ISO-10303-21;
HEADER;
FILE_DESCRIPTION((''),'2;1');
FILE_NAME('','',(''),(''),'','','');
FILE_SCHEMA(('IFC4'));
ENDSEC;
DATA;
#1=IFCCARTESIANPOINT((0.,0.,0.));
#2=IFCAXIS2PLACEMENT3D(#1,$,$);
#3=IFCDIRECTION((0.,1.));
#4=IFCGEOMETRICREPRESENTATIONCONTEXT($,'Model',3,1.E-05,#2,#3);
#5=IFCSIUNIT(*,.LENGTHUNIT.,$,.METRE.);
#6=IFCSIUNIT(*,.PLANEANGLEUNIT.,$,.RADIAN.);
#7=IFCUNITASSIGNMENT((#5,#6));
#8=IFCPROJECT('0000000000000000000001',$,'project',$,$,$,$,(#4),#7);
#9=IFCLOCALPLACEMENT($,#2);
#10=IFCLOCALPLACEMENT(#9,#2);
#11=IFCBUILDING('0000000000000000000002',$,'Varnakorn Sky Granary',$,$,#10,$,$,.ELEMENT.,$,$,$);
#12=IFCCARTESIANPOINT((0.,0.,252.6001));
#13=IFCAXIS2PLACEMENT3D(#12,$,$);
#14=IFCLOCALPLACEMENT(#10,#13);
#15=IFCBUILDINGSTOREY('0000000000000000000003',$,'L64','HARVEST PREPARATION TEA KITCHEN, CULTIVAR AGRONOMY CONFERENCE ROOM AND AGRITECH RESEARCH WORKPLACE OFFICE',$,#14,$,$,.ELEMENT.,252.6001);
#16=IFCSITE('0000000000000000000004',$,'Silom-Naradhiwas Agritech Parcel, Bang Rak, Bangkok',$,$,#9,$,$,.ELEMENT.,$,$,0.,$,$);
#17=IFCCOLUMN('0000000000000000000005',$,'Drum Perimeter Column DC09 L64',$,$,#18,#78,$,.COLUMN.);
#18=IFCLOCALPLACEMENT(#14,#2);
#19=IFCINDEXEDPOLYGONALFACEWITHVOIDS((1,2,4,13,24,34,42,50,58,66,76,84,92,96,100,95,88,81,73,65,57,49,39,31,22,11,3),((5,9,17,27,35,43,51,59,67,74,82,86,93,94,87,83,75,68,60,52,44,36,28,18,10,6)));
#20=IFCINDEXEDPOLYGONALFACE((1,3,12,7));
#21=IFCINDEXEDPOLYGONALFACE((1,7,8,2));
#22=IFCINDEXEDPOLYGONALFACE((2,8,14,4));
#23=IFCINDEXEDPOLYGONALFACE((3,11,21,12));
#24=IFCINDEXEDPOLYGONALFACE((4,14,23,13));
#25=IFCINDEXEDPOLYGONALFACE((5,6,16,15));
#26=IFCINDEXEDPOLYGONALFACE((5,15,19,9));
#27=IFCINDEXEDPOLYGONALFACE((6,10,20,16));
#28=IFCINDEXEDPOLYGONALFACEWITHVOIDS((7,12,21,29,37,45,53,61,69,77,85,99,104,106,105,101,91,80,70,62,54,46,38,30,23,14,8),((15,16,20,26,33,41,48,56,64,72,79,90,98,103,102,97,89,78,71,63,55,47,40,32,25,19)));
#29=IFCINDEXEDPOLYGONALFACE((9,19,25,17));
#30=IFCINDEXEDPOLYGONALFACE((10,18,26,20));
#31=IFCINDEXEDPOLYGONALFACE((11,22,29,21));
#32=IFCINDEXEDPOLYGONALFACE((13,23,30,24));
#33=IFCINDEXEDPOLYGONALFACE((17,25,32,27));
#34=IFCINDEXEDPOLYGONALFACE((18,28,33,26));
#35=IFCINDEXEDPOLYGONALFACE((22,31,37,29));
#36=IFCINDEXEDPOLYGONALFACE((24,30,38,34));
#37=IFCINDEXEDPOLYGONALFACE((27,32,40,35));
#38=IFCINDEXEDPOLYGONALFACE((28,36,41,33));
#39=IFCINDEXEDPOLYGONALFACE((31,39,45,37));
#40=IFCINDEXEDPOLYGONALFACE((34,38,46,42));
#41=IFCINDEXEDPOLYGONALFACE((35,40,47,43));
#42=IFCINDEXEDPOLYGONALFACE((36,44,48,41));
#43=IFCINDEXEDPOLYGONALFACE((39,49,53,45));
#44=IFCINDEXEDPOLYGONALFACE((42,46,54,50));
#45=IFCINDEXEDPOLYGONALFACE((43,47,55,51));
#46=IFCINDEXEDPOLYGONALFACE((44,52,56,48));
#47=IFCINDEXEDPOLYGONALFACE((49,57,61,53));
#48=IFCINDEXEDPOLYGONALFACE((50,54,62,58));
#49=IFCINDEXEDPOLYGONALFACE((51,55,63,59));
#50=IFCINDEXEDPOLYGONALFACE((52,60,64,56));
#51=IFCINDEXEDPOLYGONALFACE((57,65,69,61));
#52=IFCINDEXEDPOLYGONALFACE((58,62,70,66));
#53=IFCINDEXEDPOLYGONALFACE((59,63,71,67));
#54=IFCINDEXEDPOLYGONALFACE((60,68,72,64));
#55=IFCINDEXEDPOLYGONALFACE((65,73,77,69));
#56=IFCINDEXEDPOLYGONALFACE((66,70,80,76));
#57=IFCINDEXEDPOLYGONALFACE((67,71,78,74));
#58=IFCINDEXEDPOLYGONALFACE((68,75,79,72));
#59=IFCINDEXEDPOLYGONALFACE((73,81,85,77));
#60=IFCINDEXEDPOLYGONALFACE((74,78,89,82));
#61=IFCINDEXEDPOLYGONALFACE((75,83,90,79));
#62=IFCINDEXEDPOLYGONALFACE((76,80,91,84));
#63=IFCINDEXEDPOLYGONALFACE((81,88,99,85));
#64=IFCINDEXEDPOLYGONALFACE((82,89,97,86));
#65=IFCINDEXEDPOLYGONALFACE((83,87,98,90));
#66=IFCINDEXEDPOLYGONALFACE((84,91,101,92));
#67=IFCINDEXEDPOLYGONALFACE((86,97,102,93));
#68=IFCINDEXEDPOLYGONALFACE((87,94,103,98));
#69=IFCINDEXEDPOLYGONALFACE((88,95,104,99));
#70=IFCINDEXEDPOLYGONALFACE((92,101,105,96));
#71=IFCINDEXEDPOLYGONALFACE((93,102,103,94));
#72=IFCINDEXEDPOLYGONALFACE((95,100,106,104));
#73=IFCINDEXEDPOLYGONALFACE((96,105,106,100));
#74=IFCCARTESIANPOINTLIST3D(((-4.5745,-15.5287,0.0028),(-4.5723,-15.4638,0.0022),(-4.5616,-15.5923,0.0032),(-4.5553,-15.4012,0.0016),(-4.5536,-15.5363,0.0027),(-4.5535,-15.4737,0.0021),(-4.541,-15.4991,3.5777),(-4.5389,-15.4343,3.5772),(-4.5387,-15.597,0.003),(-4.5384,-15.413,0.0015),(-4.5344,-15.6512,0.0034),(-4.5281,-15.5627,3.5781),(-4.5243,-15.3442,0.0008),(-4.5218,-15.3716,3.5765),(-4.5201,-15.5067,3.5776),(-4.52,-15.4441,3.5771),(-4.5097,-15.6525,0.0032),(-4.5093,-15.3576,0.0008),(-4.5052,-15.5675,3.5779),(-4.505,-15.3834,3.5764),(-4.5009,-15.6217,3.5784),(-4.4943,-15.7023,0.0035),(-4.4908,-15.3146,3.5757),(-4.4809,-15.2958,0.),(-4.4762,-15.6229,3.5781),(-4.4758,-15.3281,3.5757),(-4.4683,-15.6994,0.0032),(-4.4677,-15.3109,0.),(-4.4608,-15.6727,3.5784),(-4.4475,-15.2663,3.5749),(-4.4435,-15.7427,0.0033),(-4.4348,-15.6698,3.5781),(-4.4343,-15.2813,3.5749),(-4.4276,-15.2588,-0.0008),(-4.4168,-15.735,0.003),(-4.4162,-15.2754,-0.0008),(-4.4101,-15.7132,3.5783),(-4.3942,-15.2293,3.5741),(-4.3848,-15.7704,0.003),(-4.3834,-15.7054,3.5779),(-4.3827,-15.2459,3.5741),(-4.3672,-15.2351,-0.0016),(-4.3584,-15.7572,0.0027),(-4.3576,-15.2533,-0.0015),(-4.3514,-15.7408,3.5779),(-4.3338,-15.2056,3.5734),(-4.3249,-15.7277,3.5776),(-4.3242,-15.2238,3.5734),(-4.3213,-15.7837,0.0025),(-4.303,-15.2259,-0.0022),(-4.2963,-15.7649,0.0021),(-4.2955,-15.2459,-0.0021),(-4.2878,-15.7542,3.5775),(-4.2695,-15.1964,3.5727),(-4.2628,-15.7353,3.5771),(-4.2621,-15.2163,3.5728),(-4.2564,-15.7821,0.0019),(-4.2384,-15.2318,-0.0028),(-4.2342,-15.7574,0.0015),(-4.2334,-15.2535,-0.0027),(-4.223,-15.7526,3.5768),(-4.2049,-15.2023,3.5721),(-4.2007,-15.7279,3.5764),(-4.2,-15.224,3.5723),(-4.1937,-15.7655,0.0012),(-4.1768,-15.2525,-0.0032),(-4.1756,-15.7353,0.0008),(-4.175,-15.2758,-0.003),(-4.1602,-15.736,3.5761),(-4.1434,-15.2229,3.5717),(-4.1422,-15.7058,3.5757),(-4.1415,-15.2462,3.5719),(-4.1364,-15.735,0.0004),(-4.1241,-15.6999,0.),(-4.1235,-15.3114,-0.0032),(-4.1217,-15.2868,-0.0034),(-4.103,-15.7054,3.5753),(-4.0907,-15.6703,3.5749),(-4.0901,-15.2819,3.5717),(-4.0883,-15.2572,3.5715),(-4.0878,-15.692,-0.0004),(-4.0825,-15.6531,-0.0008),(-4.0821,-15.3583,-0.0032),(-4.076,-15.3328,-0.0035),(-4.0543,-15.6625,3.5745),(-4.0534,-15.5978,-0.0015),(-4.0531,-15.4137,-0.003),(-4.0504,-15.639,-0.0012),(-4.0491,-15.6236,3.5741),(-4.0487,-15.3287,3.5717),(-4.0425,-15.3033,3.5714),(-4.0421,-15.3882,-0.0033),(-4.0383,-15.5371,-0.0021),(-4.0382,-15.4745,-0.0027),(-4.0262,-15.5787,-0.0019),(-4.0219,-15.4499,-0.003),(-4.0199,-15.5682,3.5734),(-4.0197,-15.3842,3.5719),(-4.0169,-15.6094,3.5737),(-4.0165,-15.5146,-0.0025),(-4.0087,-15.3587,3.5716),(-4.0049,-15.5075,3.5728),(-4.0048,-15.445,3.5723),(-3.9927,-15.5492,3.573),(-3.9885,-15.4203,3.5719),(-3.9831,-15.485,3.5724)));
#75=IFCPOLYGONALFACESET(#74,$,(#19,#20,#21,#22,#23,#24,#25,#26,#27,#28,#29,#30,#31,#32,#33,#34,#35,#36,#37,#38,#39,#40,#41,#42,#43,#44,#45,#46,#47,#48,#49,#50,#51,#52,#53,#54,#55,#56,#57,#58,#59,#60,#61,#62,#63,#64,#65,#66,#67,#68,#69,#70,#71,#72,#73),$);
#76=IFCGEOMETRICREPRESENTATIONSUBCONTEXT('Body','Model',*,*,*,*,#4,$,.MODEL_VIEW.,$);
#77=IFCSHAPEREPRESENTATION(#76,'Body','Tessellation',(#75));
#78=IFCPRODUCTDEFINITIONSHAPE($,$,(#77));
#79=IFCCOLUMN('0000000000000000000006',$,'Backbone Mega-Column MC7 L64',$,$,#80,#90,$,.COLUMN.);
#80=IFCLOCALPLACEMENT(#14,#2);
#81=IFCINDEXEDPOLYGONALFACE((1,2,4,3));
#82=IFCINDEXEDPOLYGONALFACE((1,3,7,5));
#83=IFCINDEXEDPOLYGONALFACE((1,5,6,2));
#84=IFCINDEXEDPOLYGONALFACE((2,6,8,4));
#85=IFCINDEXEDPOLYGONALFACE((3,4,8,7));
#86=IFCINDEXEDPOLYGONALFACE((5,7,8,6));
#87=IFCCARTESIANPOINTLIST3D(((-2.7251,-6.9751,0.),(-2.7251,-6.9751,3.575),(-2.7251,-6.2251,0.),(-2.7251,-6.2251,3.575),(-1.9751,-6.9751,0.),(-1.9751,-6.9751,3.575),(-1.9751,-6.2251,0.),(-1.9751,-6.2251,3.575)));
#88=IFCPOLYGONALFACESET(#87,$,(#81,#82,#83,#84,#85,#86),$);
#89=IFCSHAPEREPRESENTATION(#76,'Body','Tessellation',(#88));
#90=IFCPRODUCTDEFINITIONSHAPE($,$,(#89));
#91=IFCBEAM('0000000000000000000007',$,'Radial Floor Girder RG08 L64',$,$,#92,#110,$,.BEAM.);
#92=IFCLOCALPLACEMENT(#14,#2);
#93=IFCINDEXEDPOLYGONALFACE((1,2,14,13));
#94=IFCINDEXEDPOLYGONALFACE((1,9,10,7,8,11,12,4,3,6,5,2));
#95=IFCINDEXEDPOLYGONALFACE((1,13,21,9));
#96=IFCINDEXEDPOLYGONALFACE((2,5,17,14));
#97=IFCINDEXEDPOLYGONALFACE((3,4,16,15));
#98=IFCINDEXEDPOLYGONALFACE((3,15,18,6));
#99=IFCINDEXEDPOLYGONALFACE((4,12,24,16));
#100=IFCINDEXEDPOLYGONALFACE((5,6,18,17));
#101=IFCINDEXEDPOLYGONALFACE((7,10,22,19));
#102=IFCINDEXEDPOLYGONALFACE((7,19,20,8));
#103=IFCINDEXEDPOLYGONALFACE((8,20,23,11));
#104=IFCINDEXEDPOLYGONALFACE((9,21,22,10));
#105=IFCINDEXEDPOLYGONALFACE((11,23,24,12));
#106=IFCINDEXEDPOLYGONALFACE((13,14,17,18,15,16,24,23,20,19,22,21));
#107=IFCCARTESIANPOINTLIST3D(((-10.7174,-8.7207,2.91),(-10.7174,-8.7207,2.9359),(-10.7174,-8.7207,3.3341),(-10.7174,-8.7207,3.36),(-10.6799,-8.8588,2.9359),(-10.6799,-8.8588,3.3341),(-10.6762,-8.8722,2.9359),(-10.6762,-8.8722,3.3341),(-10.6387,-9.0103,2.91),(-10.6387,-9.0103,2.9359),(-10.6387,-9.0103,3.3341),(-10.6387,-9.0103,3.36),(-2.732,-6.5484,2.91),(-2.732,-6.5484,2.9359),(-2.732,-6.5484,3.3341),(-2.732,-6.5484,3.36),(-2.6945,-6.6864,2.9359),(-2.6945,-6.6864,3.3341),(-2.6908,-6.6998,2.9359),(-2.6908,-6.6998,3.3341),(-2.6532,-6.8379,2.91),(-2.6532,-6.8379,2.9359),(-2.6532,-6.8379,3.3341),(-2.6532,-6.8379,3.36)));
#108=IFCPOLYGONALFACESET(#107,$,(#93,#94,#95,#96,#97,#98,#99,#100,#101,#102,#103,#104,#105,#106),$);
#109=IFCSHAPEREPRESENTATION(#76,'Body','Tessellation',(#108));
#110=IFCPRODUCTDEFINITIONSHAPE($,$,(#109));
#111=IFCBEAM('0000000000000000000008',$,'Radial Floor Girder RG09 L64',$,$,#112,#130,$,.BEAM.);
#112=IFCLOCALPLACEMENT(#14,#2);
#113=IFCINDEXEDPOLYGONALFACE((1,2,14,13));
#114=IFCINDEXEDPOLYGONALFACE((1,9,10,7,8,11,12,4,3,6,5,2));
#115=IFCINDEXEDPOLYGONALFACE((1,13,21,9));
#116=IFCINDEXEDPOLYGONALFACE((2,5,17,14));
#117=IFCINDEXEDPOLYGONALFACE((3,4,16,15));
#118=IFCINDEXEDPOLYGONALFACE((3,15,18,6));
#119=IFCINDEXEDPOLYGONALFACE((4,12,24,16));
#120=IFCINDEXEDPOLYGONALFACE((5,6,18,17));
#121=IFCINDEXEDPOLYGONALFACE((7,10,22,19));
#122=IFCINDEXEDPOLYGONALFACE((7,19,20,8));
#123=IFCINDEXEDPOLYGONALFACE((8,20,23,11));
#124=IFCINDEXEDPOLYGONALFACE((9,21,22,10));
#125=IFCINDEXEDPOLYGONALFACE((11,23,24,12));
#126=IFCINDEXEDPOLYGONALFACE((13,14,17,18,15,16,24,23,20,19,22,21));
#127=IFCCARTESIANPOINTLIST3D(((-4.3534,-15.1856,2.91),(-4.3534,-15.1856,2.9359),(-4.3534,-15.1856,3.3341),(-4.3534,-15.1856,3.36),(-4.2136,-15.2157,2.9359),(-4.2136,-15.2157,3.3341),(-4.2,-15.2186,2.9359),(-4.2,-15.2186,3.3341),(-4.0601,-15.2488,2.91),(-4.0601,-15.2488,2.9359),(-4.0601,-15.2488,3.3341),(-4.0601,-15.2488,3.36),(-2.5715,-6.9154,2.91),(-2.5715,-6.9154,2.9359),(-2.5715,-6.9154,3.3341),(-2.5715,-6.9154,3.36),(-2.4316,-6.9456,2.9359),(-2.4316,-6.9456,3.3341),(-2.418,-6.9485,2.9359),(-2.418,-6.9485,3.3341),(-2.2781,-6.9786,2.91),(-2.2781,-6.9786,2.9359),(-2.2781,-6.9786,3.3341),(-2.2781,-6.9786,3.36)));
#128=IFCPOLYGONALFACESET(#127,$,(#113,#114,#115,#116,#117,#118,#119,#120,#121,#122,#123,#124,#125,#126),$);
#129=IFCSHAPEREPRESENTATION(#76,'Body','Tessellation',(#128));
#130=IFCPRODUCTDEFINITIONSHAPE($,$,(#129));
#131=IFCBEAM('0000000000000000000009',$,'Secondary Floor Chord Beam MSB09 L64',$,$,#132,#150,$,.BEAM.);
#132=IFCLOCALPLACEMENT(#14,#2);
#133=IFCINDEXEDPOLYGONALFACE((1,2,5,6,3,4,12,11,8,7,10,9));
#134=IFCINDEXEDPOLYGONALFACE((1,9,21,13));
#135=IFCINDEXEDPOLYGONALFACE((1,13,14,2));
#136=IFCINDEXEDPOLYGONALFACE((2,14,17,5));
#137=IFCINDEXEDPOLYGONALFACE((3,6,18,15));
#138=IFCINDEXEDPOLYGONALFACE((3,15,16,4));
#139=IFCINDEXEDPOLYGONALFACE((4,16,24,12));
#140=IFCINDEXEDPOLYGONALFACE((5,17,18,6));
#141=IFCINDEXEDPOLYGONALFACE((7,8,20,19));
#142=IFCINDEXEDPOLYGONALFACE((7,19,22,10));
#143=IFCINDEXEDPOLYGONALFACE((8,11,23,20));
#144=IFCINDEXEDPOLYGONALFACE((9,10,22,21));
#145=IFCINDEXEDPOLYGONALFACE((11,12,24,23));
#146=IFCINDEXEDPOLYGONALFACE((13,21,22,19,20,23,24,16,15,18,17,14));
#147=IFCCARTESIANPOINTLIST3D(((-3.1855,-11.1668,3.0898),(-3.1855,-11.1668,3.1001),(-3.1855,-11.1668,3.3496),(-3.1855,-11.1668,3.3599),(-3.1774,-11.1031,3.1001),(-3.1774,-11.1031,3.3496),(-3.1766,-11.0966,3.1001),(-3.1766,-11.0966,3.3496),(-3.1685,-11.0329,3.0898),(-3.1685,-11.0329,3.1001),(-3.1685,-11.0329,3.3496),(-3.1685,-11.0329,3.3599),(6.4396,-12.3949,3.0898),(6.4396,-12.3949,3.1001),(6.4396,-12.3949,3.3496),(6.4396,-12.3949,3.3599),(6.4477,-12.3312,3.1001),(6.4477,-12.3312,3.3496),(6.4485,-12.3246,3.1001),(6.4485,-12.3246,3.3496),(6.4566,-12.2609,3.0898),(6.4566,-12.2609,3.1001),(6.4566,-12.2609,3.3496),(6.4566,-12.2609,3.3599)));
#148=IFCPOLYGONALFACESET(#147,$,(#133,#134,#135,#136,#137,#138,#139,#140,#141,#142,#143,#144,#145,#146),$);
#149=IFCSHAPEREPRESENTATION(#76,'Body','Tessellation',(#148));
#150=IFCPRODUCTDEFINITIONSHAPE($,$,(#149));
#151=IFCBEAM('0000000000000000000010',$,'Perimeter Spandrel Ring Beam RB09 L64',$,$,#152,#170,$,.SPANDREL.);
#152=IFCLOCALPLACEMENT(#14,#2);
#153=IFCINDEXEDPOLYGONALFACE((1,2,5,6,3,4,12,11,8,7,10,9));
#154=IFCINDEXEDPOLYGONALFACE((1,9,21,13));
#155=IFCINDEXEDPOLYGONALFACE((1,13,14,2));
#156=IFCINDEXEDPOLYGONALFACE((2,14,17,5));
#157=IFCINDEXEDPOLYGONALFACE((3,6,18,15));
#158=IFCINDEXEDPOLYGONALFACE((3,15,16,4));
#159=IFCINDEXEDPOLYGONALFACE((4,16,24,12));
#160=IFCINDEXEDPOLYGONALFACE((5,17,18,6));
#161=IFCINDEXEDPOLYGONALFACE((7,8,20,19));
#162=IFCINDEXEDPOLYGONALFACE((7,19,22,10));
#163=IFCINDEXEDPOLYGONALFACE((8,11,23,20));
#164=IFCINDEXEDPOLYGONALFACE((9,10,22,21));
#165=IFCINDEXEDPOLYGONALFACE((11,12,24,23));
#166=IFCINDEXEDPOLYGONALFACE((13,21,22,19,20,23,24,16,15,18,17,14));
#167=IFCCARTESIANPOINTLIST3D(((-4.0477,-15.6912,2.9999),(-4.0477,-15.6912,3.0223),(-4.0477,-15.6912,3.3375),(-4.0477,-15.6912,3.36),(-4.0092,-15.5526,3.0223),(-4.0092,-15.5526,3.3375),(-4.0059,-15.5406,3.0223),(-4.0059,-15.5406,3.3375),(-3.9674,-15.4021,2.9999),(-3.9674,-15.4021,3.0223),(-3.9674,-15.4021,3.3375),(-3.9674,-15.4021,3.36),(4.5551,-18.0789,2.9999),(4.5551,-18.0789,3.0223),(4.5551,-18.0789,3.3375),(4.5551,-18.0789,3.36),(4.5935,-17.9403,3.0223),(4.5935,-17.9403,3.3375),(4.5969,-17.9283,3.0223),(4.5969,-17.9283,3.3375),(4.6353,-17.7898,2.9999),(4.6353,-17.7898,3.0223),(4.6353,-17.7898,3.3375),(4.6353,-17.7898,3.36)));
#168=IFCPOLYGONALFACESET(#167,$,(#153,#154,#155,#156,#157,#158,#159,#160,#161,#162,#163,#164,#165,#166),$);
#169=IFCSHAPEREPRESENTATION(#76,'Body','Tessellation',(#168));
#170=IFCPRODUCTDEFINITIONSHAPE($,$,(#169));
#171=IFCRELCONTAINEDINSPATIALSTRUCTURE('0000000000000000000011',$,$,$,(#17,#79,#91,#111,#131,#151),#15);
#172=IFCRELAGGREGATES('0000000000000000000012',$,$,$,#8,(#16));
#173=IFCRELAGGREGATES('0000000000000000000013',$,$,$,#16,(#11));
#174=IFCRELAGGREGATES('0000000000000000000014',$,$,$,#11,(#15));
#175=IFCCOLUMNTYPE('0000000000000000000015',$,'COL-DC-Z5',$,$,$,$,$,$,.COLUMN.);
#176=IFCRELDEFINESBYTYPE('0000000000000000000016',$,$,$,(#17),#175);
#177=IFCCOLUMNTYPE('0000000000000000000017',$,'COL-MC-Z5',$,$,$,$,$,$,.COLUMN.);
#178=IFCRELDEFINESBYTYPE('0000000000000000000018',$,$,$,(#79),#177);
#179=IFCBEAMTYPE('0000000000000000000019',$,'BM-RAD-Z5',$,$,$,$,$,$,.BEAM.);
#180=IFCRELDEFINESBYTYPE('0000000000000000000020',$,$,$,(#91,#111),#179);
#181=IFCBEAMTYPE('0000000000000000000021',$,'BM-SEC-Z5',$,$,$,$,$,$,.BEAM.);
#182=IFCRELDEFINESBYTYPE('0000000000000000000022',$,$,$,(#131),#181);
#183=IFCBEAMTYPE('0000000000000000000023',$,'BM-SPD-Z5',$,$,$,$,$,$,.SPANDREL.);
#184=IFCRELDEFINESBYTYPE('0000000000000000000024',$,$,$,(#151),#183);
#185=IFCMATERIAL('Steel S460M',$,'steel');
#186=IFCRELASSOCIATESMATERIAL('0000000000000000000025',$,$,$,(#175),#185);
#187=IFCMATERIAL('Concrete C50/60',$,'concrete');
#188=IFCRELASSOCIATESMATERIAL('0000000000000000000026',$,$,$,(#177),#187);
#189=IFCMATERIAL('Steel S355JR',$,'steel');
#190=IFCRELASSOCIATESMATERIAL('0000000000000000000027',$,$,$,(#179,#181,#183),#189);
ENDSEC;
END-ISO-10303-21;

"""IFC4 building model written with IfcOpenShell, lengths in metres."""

from ifc_helpers import new_model, si_unit, direction, frame, origin, origin_2d, place, context, subcontext, project, spatial, rectangle, hollow_circle, i_section, extrude, material, material_profile, profile_set, type_object, element, save


model = new_model("IFC4")

# Units and contexts
model_context = context("Model", 3, precision=1e-05, world=origin(), true_north=direction((0.0, 1.0)))
body_context = subcontext(model_context, "Body", "Model", "MODEL_VIEW")
ifc_project = project(units=[si_unit("LENGTHUNIT", "METRE"), si_unit("PLANEANGLEUNIT", "RADIAN")], contexts=[model_context])

# Site, building, storey
site_placement = place(None, origin())
site = spatial("IfcSite", under=ifc_project, at=site_placement, Name="Silom-Naradhiwas Agritech Parcel, Bang Rak, Bangkok", CompositionType="ELEMENT", RefElevation=0.0)
building_placement = place(site_placement, origin())
building = spatial("IfcBuilding", under=site, at=building_placement, Name="Varnakorn Sky Granary", CompositionType="ELEMENT")
storey_placement = place(building_placement, frame((0.0, 0.0, 252.6001)))
storey = spatial("IfcBuildingStorey", under=building, at=storey_placement, Name="L64", Description="HARVEST PREPARATION TEA KITCHEN, CULTIVAR AGRONOMY CONFERENCE ROOM AND AGRITECH RESEARCH WORKPLACE OFFICE", CompositionType="ELEMENT", Elevation=252.6001)

# Columns
ifc_material_1 = material(Name="Steel S460M", Category="steel")
ifc_material_profile_1 = material_profile(ifc_material_1, hollow_circle(Radius=0.2795, WallThickness=0.02, at=origin_2d()), Name="CHS 559x20")
ifc_profile_set_1 = profile_set([ifc_material_profile_1], Name="Steel S460M")
column_type_1 = type_object("IfcColumnType", Name="COL-DC-Z5", PredefinedType="COLUMN", material=ifc_profile_set_1)
column_1_placement = place(storey_placement, frame((-4.2959, -15.5054, 0.0), z_axis=(0.009355, 0.008263, 0.999922), x_axis=(-0.661983, 0.749518, 0.0)))
element("IfcColumn", 1, at=column_1_placement, inside=storey, type_object=column_type_1, Name="Drum Perimeter Column DC09 L64", PredefinedType="COLUMN", context=body_context, shape_type="SweptSolid", body=[
    extrude(hollow_circle(Radius=0.2795, WallThickness=0.02, at=origin_2d()), origin(), (0.0, 0.0, 1.0), 3.5752),
])
ifc_material_2 = material(Name="Concrete C50/60", Category="concrete")
ifc_material_profile_2 = material_profile(ifc_material_2, rectangle(XDim=0.75, YDim=0.75, at=origin_2d()), Name="RC 750x750")
ifc_profile_set_2 = profile_set([ifc_material_profile_2], Name="Concrete C50/60")
column_type_2 = type_object("IfcColumnType", Name="COL-MC-Z5", PredefinedType="COLUMN", material=ifc_profile_set_2)
column_2_placement = place(storey_placement, frame((-2.3501, -6.6001, 0.0), z_axis=(0.0, 0.0, 1.0), x_axis=(1.0, 0.0, 0.0)))
element("IfcColumn", 2, at=column_2_placement, inside=storey, type_object=column_type_2, Name="Backbone Mega-Column MC7 L64", PredefinedType="COLUMN", context=body_context, shape_type="SweptSolid", body=[
    extrude(rectangle(XDim=0.75, YDim=0.75, at=origin_2d()), origin(), (0.0, 0.0, 1.0), 3.575),
])

# Beams
ifc_material_3 = material(Name="Steel S355JR", Category="steel")
ifc_material_profile_3 = material_profile(ifc_material_3, i_section(OverallWidth=0.3, OverallDepth=0.45, WebThickness=0.0139, FlangeThickness=0.0259, at=origin_2d()), Name="HE 450 B")
ifc_profile_set_3 = profile_set([ifc_material_profile_3], Name="Steel S355JR")
beam_type_1 = type_object("IfcBeamType", Name="BM-RAD-Z5", PredefinedType="BEAM", material=ifc_profile_set_3)
beam_1_placement = place(storey_placement, frame((-2.6926, -6.6931, 3.135), z_axis=(-0.964931, -0.262503, 0.0), x_axis=(0.262503, -0.964931, 0.0)))
element("IfcBeam", 3, at=beam_1_placement, inside=storey, type_object=beam_type_1, Name="Radial Floor Girder RG08 L64", PredefinedType="BEAM", context=body_context, shape_type="SweptSolid", body=[
    extrude(i_section(OverallWidth=0.3, OverallDepth=0.45, WebThickness=0.0139, FlangeThickness=0.0259, at=origin_2d()), origin(), (0.0, 0.0, 1.0), 8.2756),
])
beam_2_placement = place(storey_placement, frame((-2.4248, -6.947, 3.135), z_axis=(-0.210635, -0.977565, 0.0), x_axis=(0.977565, -0.210635, 0.0)))
element("IfcBeam", 4, at=beam_2_placement, inside=storey, type_object=beam_type_1, Name="Radial Floor Girder RG09 L64", PredefinedType="BEAM", context=body_context, shape_type="SweptSolid", body=[
    extrude(i_section(OverallWidth=0.3, OverallDepth=0.45, WebThickness=0.0139, FlangeThickness=0.0259, at=origin_2d()), origin(), (0.0, 0.0, 1.0), 8.46),
])
ifc_material_profile_4 = material_profile(ifc_material_3, i_section(OverallWidth=0.135, OverallDepth=0.27, WebThickness=0.0066, FlangeThickness=0.0103, at=origin_2d()), Name="IPE 270")
ifc_profile_set_4 = profile_set([ifc_material_profile_4], Name="Steel S355JR")
beam_type_2 = type_object("IfcBeamType", Name="BM-SEC-Z5", PredefinedType="BEAM", material=ifc_profile_set_4)
beam_3_placement = place(storey_placement, frame((-3.177, -11.0999, 3.2249), z_axis=(0.991959, -0.126561, 0.0), x_axis=(0.126561, 0.991959, 0.0)))
element("IfcBeam", 5, at=beam_3_placement, inside=storey, type_object=beam_type_2, Name="Secondary Floor Chord Beam MSB09 L64", PredefinedType="BEAM", context=body_context, shape_type="SweptSolid", body=[
    extrude(i_section(OverallWidth=0.135, OverallDepth=0.27, WebThickness=0.0066, FlangeThickness=0.0103, at=origin_2d()), origin(), (0.0, 0.0, 1.0), 9.7031),
])
ifc_material_profile_5 = material_profile(ifc_material_3, i_section(OverallWidth=0.3, OverallDepth=0.3601, WebThickness=0.0125, FlangeThickness=0.0225, at=origin_2d()), Name="HE 360 B")
ifc_profile_set_5 = profile_set([ifc_material_profile_5], Name="Steel S355JR")
beam_type_3 = type_object("IfcBeamType", Name="BM-SPD-Z5", PredefinedType="SPANDREL", material=ifc_profile_set_5)
beam_4_placement = place(storey_placement, frame((-4.0076, -15.5466, 3.1799), z_axis=(0.963575, -0.267439, 0.0), x_axis=(0.267439, 0.963575, 0.0)))
element("IfcBeam", 6, at=beam_4_placement, inside=storey, type_object=beam_type_3, Name="Perimeter Spandrel Ring Beam RB09 L64", PredefinedType="SPANDREL", context=body_context, shape_type="SweptSolid", body=[
    extrude(i_section(OverallWidth=0.3, OverallDepth=0.3601, WebThickness=0.0125, FlangeThickness=0.0225, at=origin_2d()), origin(), (0.0, 0.0, 1.0), 8.928),
])

save(model, "model.ifc")
